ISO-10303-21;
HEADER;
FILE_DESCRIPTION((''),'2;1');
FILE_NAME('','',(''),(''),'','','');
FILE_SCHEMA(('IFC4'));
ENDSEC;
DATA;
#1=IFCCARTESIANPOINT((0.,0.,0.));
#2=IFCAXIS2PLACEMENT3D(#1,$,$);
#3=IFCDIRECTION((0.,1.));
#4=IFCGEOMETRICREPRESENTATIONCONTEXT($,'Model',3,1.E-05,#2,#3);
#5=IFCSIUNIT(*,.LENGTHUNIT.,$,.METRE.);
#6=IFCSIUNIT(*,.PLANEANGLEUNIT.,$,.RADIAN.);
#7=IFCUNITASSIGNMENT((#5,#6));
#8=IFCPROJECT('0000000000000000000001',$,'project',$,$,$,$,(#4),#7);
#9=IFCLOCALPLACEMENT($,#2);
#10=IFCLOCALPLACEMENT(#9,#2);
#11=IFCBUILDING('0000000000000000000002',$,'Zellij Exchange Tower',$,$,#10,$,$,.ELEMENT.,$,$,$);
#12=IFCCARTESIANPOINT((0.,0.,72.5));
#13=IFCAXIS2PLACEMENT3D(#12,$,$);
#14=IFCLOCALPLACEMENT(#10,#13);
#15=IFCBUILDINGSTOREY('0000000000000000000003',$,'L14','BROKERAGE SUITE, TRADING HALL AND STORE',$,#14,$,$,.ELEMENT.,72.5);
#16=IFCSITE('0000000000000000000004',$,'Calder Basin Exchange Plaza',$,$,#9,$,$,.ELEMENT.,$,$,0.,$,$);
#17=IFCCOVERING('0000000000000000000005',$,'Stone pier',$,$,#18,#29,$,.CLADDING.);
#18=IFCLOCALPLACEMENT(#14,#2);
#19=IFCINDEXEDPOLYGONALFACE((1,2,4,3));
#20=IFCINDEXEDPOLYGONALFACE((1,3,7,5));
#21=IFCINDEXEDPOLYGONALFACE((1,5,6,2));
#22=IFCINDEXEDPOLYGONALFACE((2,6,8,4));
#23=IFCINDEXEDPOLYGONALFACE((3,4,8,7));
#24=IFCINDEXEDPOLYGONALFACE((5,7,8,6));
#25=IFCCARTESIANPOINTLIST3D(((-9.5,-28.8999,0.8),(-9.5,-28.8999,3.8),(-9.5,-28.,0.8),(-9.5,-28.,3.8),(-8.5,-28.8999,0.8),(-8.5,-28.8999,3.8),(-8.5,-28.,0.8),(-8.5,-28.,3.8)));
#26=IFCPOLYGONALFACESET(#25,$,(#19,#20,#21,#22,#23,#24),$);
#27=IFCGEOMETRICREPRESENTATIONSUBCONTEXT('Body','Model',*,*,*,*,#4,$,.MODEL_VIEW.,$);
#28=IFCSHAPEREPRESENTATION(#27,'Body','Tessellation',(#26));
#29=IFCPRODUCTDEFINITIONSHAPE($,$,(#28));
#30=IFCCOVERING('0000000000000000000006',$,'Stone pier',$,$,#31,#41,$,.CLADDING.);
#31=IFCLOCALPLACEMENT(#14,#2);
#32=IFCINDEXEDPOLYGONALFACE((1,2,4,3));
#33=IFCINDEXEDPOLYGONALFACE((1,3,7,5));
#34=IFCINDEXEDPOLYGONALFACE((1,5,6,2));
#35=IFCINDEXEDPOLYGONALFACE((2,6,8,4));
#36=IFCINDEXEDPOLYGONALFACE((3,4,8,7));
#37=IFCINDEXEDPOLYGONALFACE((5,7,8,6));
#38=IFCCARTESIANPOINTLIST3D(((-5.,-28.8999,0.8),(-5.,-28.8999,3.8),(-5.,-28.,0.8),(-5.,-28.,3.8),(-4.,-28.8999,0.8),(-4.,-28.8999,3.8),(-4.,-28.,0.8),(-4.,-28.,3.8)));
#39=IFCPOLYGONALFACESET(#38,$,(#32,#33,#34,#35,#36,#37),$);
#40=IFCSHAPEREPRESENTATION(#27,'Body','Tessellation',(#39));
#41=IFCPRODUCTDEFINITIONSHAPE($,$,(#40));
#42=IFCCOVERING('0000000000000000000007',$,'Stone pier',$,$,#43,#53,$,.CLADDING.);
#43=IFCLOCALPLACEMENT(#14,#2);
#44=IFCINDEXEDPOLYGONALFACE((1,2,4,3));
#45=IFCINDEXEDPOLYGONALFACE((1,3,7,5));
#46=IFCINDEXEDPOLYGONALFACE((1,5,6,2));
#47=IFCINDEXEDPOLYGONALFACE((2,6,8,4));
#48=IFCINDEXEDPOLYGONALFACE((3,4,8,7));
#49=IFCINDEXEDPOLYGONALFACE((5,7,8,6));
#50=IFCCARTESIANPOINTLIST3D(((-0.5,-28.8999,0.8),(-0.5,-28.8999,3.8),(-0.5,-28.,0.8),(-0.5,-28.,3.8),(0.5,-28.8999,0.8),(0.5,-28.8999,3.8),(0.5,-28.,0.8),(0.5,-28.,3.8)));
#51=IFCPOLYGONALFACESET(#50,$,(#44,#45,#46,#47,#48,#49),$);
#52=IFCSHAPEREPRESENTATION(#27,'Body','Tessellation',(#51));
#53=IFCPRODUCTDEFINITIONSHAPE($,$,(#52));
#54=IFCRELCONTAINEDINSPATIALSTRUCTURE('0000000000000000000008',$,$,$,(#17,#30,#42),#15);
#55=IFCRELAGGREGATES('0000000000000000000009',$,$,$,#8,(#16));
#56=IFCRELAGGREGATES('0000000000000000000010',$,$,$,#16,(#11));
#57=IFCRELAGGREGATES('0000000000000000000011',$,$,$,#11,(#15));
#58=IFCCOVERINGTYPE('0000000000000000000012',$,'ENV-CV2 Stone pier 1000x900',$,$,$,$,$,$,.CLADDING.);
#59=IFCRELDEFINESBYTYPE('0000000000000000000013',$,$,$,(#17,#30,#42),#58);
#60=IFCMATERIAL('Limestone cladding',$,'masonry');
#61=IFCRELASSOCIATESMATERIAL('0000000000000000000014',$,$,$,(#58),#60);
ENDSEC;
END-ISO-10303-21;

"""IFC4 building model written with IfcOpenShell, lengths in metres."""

from ifc_helpers import new_model, si_unit, direction, frame, origin, place, context, subcontext, project, spatial, polyline, outline, extrude, material, type_object, element, save


model = new_model("IFC4")

# Units and contexts
model_context = context("Model", 3, precision=1e-05, world=origin(), true_north=direction((0.0, 1.0)))
body_context = subcontext(model_context, "Body", "Model", "MODEL_VIEW")
ifc_project = project(units=[si_unit("LENGTHUNIT", "METRE"), si_unit("PLANEANGLEUNIT", "RADIAN")], contexts=[model_context])

# Site, building, storey
site_placement = place(None, origin())
site = spatial("IfcSite", under=ifc_project, at=site_placement, Name="Calder Basin Exchange Plaza", CompositionType="ELEMENT", RefElevation=0.0)
building_placement = place(site_placement, origin())
building = spatial("IfcBuilding", under=site, at=building_placement, Name="Zellij Exchange Tower", CompositionType="ELEMENT")
storey_placement = place(building_placement, frame((0.0, 0.0, 72.5)))
storey = spatial("IfcBuildingStorey", under=building, at=storey_placement, Name="L14", Description="BROKERAGE SUITE, TRADING HALL AND STORE", CompositionType="ELEMENT", Elevation=72.5)

# Coverings
ifc_material_1 = material(Name="Limestone cladding", Category="masonry")
covering_type = type_object("IfcCoveringType", Name="ENV-CV2 Stone pier 1000x900", PredefinedType="CLADDING", material=ifc_material_1)
covering_1_placement = place(storey_placement, frame((0.0, 0.0, 0.8)))
element("IfcCovering", 1, at=covering_1_placement, inside=storey, type_object=covering_type, Name="Stone pier", PredefinedType="CLADDING", context=body_context, shape_type="SweptSolid", body=[
    extrude(outline(polyline([(-9.5, -28.0), (-8.5, -28.0), (-8.5, -28.8999), (-9.5, -28.8999), (-9.5, -28.0)])), origin(), (0.0, 0.0, 1.0), 3.0),
])
covering_2_placement = place(storey_placement, frame((0.0, 0.0, 0.8)))
element("IfcCovering", 2, at=covering_2_placement, inside=storey, type_object=covering_type, Name="Stone pier", PredefinedType="CLADDING", context=body_context, shape_type="SweptSolid", body=[
    extrude(outline(polyline([(-5.0, -28.0), (-4.0, -28.0), (-4.0, -28.8999), (-5.0, -28.8999), (-5.0, -28.0)])), origin(), (0.0, 0.0, 1.0), 3.0),
])
covering_3_placement = place(storey_placement, frame((0.0, 0.0, 0.8)))
element("IfcCovering", 3, at=covering_3_placement, inside=storey, type_object=covering_type, Name="Stone pier", PredefinedType="CLADDING", context=body_context, shape_type="SweptSolid", body=[
    extrude(outline(polyline([(-0.5, -28.0), (0.5, -28.0), (0.5, -28.8999), (-0.5, -28.8999), (-0.5, -28.0)])), origin(), (0.0, 0.0, 1.0), 3.0),
])

save(model, "model.ifc")
